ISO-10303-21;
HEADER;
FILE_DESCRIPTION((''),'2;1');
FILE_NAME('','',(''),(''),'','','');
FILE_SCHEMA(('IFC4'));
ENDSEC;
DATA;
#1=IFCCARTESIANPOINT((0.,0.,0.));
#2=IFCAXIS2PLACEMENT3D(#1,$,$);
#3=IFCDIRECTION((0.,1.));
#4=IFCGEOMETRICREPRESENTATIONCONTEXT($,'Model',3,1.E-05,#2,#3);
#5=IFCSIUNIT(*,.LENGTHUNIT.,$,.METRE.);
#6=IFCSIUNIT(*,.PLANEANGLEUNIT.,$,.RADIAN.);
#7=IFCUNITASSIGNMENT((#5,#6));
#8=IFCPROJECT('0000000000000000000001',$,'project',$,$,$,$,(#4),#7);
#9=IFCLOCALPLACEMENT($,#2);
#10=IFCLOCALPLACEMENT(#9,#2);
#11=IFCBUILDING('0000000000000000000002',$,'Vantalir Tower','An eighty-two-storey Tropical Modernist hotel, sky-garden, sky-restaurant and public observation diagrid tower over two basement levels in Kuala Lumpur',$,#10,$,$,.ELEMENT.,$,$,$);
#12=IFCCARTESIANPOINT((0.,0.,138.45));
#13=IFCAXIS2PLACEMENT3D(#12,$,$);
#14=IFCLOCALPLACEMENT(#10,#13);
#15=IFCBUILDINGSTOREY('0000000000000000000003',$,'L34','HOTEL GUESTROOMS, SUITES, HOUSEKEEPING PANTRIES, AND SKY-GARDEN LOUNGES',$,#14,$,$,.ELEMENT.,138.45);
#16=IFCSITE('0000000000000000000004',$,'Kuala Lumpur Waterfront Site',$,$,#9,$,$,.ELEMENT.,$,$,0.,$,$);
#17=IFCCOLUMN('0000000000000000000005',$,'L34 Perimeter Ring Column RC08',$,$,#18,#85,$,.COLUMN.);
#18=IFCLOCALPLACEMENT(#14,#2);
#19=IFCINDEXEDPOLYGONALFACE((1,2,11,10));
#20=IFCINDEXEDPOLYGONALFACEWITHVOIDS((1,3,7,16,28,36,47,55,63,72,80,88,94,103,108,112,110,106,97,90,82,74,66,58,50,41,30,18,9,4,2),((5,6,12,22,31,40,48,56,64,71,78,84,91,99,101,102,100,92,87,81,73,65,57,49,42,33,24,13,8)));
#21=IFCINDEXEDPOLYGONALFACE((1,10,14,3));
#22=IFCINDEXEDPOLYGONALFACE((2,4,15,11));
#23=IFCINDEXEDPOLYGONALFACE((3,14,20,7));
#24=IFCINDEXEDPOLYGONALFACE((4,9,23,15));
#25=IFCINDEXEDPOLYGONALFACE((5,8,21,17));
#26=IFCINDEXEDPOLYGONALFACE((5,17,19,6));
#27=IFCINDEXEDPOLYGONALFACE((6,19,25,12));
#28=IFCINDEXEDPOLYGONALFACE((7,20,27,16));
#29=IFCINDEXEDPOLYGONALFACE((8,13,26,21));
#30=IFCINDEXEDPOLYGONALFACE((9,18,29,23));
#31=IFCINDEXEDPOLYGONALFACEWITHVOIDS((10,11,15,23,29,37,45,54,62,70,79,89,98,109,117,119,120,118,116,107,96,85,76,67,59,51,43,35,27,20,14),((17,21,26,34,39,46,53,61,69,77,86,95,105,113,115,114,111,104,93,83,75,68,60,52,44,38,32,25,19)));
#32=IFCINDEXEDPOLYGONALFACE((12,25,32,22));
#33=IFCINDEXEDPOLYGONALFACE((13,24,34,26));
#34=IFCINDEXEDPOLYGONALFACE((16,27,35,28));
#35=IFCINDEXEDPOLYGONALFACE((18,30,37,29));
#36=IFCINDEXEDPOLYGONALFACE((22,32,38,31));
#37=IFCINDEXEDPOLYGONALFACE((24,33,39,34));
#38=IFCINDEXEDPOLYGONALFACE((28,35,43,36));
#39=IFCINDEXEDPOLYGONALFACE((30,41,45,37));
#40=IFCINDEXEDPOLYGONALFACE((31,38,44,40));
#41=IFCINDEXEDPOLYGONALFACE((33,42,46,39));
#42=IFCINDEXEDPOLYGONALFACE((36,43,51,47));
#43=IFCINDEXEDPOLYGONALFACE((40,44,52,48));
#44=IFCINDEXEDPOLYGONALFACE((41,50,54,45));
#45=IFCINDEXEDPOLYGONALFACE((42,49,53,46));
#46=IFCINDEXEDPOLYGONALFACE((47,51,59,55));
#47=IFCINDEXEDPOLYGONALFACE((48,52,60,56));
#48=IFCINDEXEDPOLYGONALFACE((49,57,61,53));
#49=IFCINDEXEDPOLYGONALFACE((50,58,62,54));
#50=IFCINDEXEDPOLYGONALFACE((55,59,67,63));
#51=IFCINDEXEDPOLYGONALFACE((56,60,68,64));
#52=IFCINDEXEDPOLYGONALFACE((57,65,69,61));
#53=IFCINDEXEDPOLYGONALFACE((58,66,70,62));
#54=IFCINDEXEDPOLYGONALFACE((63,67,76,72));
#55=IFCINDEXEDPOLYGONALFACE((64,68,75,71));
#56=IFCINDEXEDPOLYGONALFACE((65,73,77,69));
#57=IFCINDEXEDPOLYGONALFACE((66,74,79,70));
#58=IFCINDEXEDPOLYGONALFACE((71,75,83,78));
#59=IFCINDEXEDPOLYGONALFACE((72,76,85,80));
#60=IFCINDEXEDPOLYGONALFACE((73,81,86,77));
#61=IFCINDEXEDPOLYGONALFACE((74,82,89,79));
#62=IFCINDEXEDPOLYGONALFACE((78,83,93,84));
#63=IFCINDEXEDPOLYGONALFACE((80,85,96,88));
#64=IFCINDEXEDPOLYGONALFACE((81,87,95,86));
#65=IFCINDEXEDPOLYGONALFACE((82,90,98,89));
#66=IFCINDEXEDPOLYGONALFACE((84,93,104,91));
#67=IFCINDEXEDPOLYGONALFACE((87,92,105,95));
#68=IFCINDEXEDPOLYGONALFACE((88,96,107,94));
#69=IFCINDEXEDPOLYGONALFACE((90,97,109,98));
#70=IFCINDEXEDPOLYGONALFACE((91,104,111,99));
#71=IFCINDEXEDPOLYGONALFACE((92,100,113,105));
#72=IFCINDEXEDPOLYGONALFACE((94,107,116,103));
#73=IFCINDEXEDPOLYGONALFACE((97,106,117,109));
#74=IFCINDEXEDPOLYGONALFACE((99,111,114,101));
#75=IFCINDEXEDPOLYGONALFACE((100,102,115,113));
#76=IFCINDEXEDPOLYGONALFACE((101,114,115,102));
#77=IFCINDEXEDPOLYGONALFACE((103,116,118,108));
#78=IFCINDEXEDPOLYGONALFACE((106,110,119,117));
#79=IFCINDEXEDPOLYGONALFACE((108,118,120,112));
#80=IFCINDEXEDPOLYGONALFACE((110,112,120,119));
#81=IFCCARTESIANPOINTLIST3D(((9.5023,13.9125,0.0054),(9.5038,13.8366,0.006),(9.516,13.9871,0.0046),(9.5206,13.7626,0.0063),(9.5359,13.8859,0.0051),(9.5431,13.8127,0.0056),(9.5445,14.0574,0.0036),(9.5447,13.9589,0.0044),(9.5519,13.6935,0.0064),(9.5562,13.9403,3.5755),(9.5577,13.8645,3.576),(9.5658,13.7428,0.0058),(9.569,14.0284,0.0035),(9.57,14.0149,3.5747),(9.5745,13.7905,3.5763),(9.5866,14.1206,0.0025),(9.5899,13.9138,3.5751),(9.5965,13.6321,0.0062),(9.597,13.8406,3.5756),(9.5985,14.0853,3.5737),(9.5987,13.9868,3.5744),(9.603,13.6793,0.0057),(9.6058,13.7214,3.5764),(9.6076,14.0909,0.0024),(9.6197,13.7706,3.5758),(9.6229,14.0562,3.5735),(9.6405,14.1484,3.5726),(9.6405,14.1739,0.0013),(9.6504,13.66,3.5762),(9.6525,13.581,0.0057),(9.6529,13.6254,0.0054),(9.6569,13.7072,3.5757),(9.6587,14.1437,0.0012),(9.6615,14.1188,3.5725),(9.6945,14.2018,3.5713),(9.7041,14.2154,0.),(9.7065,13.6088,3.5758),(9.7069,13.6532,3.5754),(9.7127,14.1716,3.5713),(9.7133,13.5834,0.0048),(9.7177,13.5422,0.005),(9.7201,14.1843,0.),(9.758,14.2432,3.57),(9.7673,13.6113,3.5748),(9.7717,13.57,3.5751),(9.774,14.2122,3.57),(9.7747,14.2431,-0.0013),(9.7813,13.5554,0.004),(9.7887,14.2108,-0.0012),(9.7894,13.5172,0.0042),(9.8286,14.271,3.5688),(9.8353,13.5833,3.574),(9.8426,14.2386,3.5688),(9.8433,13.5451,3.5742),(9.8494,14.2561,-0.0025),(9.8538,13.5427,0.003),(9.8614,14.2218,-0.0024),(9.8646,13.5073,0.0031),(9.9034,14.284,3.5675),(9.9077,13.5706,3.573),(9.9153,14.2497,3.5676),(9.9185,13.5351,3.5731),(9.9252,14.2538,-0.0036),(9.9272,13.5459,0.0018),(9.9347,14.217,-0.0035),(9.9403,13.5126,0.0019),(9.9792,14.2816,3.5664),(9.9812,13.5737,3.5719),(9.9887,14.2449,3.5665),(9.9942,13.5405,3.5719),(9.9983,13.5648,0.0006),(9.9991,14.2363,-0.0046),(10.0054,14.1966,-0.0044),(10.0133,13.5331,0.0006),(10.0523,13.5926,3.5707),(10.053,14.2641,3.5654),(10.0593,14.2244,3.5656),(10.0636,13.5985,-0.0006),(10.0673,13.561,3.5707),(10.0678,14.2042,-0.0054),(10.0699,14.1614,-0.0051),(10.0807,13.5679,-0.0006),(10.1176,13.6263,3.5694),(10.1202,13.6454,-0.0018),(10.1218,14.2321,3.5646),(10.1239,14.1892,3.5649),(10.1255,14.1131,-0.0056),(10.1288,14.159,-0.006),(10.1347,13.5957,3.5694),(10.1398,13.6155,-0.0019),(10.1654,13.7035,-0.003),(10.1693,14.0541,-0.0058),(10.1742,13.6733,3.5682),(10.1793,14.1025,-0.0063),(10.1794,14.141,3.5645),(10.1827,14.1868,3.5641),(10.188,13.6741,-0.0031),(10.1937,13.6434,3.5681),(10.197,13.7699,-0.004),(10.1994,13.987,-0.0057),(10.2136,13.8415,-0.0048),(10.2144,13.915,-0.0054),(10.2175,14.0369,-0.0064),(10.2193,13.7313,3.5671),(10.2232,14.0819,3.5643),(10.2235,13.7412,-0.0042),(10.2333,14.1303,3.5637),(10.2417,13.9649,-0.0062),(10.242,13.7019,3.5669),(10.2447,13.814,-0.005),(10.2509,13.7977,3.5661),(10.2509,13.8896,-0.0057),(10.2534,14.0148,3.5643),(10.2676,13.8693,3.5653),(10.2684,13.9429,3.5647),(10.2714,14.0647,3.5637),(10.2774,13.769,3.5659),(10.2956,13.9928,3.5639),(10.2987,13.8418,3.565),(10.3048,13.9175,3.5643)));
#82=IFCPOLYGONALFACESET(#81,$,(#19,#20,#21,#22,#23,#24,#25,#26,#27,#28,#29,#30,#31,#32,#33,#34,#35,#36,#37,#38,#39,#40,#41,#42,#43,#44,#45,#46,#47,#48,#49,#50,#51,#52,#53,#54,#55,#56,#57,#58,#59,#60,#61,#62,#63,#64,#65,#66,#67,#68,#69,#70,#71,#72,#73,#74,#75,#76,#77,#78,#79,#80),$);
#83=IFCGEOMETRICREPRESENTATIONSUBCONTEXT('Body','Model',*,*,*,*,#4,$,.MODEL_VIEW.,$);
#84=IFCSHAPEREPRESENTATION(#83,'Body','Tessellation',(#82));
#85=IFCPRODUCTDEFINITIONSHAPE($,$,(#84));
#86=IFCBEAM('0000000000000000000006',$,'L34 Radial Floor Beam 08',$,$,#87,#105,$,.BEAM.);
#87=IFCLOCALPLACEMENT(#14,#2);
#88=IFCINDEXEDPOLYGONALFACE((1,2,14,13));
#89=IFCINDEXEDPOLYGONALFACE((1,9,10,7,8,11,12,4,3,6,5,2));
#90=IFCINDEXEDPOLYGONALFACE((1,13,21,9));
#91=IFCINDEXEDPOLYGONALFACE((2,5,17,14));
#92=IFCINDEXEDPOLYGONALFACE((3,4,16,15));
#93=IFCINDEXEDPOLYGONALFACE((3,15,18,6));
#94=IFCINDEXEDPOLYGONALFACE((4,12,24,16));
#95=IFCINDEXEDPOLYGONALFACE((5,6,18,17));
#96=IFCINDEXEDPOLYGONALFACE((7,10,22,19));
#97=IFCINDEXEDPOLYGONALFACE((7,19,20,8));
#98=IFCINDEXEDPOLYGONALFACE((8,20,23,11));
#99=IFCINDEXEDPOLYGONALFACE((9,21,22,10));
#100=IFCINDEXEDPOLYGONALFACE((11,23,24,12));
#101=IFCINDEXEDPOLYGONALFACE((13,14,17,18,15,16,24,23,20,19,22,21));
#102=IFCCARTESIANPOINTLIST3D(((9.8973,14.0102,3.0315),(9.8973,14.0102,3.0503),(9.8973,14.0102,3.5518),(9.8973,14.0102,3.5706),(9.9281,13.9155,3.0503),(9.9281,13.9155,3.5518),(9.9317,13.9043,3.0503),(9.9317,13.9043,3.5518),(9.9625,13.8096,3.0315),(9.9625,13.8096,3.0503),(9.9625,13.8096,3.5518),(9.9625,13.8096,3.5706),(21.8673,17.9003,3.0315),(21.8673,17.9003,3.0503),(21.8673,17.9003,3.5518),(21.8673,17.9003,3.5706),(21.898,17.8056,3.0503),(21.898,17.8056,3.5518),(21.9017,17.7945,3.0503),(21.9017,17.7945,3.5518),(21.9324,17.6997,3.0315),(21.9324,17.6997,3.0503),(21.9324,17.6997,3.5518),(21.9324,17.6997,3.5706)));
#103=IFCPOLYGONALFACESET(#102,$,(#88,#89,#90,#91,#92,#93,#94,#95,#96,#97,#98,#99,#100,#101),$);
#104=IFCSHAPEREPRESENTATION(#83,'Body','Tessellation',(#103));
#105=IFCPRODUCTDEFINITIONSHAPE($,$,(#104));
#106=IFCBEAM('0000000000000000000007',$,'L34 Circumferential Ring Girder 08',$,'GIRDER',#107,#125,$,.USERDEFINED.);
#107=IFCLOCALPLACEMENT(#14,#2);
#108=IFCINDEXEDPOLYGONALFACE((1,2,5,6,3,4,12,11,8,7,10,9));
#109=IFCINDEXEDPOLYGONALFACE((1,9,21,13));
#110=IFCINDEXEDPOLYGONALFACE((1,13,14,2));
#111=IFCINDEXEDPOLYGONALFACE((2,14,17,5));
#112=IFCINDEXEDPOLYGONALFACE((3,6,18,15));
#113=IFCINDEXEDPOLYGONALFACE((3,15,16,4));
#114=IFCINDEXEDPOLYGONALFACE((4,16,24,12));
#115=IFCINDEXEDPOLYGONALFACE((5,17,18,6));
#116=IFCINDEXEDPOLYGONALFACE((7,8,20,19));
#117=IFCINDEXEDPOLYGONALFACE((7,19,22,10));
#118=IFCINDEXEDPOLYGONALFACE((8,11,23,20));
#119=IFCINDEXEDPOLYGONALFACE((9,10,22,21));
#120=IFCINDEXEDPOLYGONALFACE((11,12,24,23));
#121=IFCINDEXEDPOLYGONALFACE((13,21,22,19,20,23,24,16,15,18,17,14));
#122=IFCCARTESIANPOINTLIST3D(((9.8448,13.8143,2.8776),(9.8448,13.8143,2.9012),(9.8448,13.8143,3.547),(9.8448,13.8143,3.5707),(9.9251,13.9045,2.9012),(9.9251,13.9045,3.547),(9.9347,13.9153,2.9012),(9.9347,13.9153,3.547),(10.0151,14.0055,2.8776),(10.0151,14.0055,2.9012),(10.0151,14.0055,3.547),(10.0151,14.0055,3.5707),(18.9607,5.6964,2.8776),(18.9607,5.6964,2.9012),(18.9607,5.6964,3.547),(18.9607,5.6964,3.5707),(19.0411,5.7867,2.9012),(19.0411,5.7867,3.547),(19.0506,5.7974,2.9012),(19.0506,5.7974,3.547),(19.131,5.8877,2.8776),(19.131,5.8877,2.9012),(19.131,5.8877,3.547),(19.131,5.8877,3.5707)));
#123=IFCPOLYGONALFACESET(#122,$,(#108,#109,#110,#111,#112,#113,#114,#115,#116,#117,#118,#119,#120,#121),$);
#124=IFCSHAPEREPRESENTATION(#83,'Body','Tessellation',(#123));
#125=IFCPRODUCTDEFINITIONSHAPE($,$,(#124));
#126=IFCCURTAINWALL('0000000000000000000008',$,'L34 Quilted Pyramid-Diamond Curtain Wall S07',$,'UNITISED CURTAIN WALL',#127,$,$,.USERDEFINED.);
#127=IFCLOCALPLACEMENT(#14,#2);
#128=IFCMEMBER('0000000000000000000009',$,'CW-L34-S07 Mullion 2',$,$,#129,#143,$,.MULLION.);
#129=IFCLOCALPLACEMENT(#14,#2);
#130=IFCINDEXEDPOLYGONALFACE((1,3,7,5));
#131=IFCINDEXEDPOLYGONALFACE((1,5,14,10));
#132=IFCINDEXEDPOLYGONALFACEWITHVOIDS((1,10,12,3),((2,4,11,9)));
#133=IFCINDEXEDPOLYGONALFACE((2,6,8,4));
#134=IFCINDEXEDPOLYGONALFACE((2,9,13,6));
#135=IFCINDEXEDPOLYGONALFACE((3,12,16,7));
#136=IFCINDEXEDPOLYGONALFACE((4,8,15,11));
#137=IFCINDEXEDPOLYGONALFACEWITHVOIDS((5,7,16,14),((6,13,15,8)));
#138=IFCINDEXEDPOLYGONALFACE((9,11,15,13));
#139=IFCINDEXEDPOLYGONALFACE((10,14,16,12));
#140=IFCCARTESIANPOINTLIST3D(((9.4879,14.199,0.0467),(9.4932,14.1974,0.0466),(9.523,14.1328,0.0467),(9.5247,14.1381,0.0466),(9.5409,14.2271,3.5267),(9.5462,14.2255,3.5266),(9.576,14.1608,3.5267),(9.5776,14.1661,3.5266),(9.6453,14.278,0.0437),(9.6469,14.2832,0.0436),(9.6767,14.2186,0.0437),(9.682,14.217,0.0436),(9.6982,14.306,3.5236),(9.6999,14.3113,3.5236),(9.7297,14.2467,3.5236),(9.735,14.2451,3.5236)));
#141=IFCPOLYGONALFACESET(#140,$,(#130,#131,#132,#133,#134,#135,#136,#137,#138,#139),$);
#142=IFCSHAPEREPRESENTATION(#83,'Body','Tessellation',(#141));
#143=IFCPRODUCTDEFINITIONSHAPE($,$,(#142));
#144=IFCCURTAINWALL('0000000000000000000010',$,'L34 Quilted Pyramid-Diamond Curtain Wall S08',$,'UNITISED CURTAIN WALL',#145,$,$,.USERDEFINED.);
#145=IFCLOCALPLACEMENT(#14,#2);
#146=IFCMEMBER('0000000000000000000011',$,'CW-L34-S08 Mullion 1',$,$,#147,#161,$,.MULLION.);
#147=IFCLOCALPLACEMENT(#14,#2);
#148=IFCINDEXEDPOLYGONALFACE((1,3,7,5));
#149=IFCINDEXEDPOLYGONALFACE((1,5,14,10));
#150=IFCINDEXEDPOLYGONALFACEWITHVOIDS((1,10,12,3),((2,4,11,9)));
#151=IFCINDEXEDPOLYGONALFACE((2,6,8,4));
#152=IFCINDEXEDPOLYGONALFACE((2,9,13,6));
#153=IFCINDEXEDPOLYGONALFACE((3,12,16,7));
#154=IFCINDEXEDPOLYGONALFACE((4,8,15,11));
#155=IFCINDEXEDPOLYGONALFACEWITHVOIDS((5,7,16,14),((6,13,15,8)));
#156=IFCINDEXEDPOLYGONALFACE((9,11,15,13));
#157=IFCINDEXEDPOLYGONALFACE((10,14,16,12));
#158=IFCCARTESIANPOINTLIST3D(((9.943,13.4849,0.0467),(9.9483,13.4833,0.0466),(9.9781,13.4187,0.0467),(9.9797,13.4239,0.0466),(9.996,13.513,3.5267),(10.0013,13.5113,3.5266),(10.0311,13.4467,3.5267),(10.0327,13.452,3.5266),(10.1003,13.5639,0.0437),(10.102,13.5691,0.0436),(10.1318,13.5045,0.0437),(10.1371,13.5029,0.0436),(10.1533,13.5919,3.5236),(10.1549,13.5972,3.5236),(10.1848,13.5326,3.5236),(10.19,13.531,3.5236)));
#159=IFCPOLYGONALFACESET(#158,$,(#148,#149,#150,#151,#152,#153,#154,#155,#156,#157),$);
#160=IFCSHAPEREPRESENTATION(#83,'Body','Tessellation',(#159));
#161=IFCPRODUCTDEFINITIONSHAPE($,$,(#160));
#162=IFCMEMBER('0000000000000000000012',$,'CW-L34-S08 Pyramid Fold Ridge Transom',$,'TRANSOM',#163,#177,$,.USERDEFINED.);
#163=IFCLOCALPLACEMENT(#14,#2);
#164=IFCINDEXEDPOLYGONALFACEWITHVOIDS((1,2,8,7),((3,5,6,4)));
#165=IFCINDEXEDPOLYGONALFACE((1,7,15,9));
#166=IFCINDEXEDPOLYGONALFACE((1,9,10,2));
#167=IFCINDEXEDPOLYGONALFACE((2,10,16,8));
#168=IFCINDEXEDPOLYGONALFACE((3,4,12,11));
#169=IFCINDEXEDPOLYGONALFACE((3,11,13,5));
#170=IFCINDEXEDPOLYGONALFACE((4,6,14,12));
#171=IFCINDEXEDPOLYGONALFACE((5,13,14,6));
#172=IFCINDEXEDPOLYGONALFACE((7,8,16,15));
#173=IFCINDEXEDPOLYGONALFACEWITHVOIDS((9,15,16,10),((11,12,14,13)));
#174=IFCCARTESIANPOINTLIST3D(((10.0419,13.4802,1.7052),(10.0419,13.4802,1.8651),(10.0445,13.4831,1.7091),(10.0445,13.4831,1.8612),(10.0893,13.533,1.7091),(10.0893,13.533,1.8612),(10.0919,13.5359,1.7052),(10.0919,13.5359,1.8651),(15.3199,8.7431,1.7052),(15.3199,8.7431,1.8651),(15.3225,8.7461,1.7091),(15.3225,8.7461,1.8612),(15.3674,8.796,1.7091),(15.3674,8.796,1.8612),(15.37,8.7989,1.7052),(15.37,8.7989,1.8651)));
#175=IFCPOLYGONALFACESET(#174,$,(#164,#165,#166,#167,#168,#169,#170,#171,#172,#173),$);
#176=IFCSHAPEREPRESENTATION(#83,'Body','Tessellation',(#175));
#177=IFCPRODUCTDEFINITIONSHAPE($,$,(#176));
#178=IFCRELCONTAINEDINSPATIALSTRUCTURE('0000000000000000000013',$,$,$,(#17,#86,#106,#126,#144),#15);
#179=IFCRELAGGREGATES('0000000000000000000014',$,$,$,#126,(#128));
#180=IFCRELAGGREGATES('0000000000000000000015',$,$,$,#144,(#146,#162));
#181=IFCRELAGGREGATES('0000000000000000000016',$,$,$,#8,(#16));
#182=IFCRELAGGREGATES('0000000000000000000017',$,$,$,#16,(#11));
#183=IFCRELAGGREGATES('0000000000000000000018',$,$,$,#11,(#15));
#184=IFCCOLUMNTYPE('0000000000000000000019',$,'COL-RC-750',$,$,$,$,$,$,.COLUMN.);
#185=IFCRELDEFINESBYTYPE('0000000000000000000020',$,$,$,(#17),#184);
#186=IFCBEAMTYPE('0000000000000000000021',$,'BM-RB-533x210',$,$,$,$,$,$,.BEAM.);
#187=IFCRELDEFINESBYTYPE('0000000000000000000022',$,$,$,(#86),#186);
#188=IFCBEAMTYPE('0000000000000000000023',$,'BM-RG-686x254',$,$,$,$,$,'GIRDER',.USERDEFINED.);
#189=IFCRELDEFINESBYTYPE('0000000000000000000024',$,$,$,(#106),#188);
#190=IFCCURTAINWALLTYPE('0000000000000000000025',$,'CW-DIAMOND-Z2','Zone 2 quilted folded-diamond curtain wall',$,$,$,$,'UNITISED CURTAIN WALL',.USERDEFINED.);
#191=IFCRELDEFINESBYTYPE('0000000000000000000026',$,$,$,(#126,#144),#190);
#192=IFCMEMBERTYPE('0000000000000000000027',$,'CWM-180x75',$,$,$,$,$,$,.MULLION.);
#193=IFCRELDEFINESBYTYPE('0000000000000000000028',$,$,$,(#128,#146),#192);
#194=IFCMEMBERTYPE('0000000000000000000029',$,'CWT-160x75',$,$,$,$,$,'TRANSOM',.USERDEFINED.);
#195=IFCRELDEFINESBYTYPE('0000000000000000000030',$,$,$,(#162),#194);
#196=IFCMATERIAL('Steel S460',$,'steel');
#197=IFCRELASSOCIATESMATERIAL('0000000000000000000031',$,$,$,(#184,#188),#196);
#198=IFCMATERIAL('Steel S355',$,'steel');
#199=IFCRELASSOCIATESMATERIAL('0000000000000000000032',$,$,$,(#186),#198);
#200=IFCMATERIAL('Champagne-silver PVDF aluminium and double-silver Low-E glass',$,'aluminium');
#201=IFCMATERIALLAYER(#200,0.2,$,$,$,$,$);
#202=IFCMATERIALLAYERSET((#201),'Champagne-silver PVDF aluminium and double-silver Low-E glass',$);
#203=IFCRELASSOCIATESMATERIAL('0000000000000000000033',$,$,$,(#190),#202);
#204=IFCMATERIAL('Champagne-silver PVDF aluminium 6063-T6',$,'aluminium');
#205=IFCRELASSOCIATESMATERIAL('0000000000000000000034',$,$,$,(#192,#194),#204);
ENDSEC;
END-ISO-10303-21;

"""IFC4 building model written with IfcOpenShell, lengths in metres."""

from ifc_helpers import new_model, si_unit, direction, frame, origin, origin_2d, place, context, subcontext, project, spatial, hollow_rectangle, hollow_circle, i_section, extrude, material, layer, layer_set, material_profile, profile_set, type_object, element, aggregate, save


model = new_model("IFC4")

# Units and contexts
model_context = context("Model", 3, precision=1e-05, world=origin(), true_north=direction((0.0, 1.0)))
body_context = subcontext(model_context, "Body", "Model", "MODEL_VIEW")
ifc_project = project(units=[si_unit("LENGTHUNIT", "METRE"), si_unit("PLANEANGLEUNIT", "RADIAN")], contexts=[model_context])

# Site, building, storey
site_placement = place(None, origin())
site = spatial("IfcSite", under=ifc_project, at=site_placement, Name="Kuala Lumpur Waterfront Site", CompositionType="ELEMENT", RefElevation=0.0)
building_placement = place(site_placement, origin())
building = spatial("IfcBuilding", under=site, at=building_placement, Name="Vantalir Tower", Description="An eighty-two-storey Tropical Modernist hotel, sky-garden, sky-restaurant and public observation diagrid tower over two basement levels in Kuala Lumpur", CompositionType="ELEMENT")
storey_placement = place(building_placement, frame((0.0, 0.0, 138.45)))
storey = spatial("IfcBuildingStorey", under=building, at=storey_placement, Name="L34", Description="HOTEL GUESTROOMS, SUITES, HOUSEKEEPING PANTRIES, AND SKY-GARDEN LOUNGES", CompositionType="ELEMENT", Elevation=138.45)

# Column
ifc_material_1 = material(Name="Steel S460", Category="steel")
ifc_material_profile_1 = material_profile(ifc_material_1, hollow_circle(Radius=0.375, WallThickness=0.0349, at=origin_2d()), Name="Steel S460")
ifc_profile_set_1 = profile_set([ifc_material_profile_1], Name="Steel S460")
column_type = type_object("IfcColumnType", Name="COL-RC-750", PredefinedType="COLUMN", material=ifc_profile_set_1)
column_placement = place(storey_placement, frame((9.876, 13.8821, 0.0), z_axis=(0.015111, 0.007795, 0.999855), x_axis=(-0.458438, 0.888726, 0.0)))
element("IfcColumn", 1, at=column_placement, inside=storey, type_object=column_type, Name="L34 Perimeter Ring Column RC08", PredefinedType="COLUMN", context=body_context, shape_type="SweptSolid", body=[
    extrude(hollow_circle(Radius=0.375, WallThickness=0.0349, at=origin_2d()), origin(), (0.0, 0.0, 1.0), 3.5706),
])

# Beams
ifc_material_2 = material(Name="Steel S355", Category="steel")
ifc_material_profile_2 = material_profile(ifc_material_2, i_section(OverallWidth=0.2109, OverallDepth=0.5391, WebThickness=0.0117, FlangeThickness=0.0188, at=origin_2d()), Name="Steel S355")
ifc_profile_set_2 = profile_set([ifc_material_profile_2], Name="Steel S355")
beam_type_1 = type_object("IfcBeamType", Name="BM-RB-533x210", PredefinedType="BEAM", material=ifc_profile_set_2)
beam_1_placement = place(storey_placement, frame((9.9299, 13.9099, 3.301), z_axis=(0.951036, 0.309079, 0.0), x_axis=(-0.309079, 0.951036, 0.0)))
element("IfcBeam", 2, at=beam_1_placement, inside=storey, type_object=beam_type_1, Name="L34 Radial Floor Beam 08", PredefinedType="BEAM", context=body_context, shape_type="SweptSolid", body=[
    extrude(i_section(OverallWidth=0.2109, OverallDepth=0.5391, WebThickness=0.0117, FlangeThickness=0.0188, at=origin_2d()), origin(), (0.0, 0.0, 1.0), 12.5862),
])
ifc_material_profile_3 = material_profile(ifc_material_1, i_section(OverallWidth=0.2561, OverallDepth=0.6931, WebThickness=0.0144, FlangeThickness=0.0237, at=origin_2d()), Name="Steel S460")
ifc_profile_set_3 = profile_set([ifc_material_profile_3], Name="Steel S460")
beam_type_2 = type_object("IfcBeamType", Name="BM-RG-686x254", ElementType="GIRDER", PredefinedType="USERDEFINED", material=ifc_profile_set_3)
beam_2_placement = place(storey_placement, frame((9.9299, 13.9099, 3.2241), z_axis=(0.746805, -0.665043, 0.0), x_axis=(0.665043, 0.746805, 0.0)))
element("IfcBeam", 3, at=beam_2_placement, inside=storey, type_object=beam_type_2, Name="L34 Circumferential Ring Girder 08", ObjectType="GIRDER", PredefinedType="USERDEFINED", context=body_context, shape_type="SweptSolid", body=[
    extrude(i_section(OverallWidth=0.2561, OverallDepth=0.6931, WebThickness=0.0144, FlangeThickness=0.0237, at=origin_2d()), origin(), (0.0, 0.0, 1.0), 12.2065),
])

# Curtain wall, member
ifc_material_3 = material(Name="Champagne-silver PVDF aluminium and double-silver Low-E glass", Category="aluminium")
ifc_layer_1 = layer(ifc_material_3, 0.2)
ifc_layer_set_1 = layer_set([ifc_layer_1], Name="Champagne-silver PVDF aluminium and double-silver Low-E glass")
curtain_wall_type = type_object("IfcCurtainWallType", Name="CW-DIAMOND-Z2", Description="Zone 2 quilted folded-diamond curtain wall", ElementType="UNITISED CURTAIN WALL", PredefinedType="USERDEFINED", material=ifc_layer_set_1)
curtain_wall_1_placement = place(storey_placement, origin())
curtain_wall_1 = element("IfcCurtainWall", 4, at=curtain_wall_1_placement, inside=storey, type_object=curtain_wall_type, Name="L34 Quilted Pyramid-Diamond Curtain Wall S07", ObjectType="UNITISED CURTAIN WALL", PredefinedType="USERDEFINED")
ifc_material_4 = material(Name="Champagne-silver PVDF aluminium 6063-T6", Category="aluminium")
ifc_material_profile_4 = material_profile(ifc_material_4, hollow_rectangle(XDim=0.075, YDim=0.1799, WallThickness=0.0039, at=origin_2d()), Name="Champagne-silver PVDF aluminium 6063-T6")
ifc_profile_set_4 = profile_set([ifc_material_profile_4], Name="Champagne-silver PVDF aluminium 6063-T6")
member_type_1 = type_object("IfcMemberType", Name="CWM-180x75", PredefinedType="MULLION", material=ifc_profile_set_4)
member_1_placement = place(storey_placement, frame((9.585, 14.208, 0.0452), z_axis=(0.015222, 0.008067, 0.999852), x_axis=(-0.468262, 0.88359, 0.0)))
member_1 = element("IfcMember", 5, at=member_1_placement, type_object=member_type_1, Name="CW-L34-S07 Mullion 2", PredefinedType="MULLION", context=body_context, shape_type="SweptSolid", body=[
    extrude(hollow_rectangle(XDim=0.075, YDim=0.1799, WallThickness=0.0039, at=origin_2d()), origin(), (0.0, 0.0, 1.0), 3.4805),
])

# Curtain wall, members
curtain_wall_2_placement = place(storey_placement, origin())
curtain_wall_2 = element("IfcCurtainWall", 6, at=curtain_wall_2_placement, inside=storey, type_object=curtain_wall_type, Name="L34 Quilted Pyramid-Diamond Curtain Wall S08", ObjectType="UNITISED CURTAIN WALL", PredefinedType="USERDEFINED")
member_2_placement = place(storey_placement, frame((10.04, 13.4939, 0.0452), z_axis=(0.015222, 0.008067, 0.999852), x_axis=(-0.468262, 0.88359, 0.0)))
member_2 = element("IfcMember", 7, at=member_2_placement, type_object=member_type_1, Name="CW-L34-S08 Mullion 1", PredefinedType="MULLION", context=body_context, shape_type="SweptSolid", body=[
    extrude(hollow_rectangle(XDim=0.075, YDim=0.1799, WallThickness=0.0039, at=origin_2d()), origin(), (0.0, 0.0, 1.0), 3.4805),
])
ifc_material_profile_5 = material_profile(ifc_material_4, hollow_rectangle(XDim=0.075, YDim=0.1599, WallThickness=0.0039, at=origin_2d()), Name="Champagne-silver PVDF aluminium 6063-T6")
ifc_profile_set_5 = profile_set([ifc_material_profile_5], Name="Champagne-silver PVDF aluminium 6063-T6")
member_type_2 = type_object("IfcMemberType", Name="CWT-160x75", ElementType="TRANSOM", PredefinedType="USERDEFINED", material=ifc_profile_set_5)
member_3_placement = place(storey_placement, frame((10.0669, 13.5081, 1.7852), z_axis=(0.744219, -0.667935, 0.0), x_axis=(0.667935, 0.744219, 0.0)))
member_3 = element("IfcMember", 8, at=member_3_placement, type_object=member_type_2, Name="CW-L34-S08 Pyramid Fold Ridge Transom", ObjectType="TRANSOM", PredefinedType="USERDEFINED", context=body_context, shape_type="SweptSolid", body=[
    extrude(hollow_rectangle(XDim=0.075, YDim=0.1599, WallThickness=0.0039, at=origin_2d()), origin(), (0.0, 0.0, 1.0), 7.092),
])

aggregate(curtain_wall_1, [member_1])
aggregate(curtain_wall_2, [member_2, member_3])

save(model, "model.ifc")
